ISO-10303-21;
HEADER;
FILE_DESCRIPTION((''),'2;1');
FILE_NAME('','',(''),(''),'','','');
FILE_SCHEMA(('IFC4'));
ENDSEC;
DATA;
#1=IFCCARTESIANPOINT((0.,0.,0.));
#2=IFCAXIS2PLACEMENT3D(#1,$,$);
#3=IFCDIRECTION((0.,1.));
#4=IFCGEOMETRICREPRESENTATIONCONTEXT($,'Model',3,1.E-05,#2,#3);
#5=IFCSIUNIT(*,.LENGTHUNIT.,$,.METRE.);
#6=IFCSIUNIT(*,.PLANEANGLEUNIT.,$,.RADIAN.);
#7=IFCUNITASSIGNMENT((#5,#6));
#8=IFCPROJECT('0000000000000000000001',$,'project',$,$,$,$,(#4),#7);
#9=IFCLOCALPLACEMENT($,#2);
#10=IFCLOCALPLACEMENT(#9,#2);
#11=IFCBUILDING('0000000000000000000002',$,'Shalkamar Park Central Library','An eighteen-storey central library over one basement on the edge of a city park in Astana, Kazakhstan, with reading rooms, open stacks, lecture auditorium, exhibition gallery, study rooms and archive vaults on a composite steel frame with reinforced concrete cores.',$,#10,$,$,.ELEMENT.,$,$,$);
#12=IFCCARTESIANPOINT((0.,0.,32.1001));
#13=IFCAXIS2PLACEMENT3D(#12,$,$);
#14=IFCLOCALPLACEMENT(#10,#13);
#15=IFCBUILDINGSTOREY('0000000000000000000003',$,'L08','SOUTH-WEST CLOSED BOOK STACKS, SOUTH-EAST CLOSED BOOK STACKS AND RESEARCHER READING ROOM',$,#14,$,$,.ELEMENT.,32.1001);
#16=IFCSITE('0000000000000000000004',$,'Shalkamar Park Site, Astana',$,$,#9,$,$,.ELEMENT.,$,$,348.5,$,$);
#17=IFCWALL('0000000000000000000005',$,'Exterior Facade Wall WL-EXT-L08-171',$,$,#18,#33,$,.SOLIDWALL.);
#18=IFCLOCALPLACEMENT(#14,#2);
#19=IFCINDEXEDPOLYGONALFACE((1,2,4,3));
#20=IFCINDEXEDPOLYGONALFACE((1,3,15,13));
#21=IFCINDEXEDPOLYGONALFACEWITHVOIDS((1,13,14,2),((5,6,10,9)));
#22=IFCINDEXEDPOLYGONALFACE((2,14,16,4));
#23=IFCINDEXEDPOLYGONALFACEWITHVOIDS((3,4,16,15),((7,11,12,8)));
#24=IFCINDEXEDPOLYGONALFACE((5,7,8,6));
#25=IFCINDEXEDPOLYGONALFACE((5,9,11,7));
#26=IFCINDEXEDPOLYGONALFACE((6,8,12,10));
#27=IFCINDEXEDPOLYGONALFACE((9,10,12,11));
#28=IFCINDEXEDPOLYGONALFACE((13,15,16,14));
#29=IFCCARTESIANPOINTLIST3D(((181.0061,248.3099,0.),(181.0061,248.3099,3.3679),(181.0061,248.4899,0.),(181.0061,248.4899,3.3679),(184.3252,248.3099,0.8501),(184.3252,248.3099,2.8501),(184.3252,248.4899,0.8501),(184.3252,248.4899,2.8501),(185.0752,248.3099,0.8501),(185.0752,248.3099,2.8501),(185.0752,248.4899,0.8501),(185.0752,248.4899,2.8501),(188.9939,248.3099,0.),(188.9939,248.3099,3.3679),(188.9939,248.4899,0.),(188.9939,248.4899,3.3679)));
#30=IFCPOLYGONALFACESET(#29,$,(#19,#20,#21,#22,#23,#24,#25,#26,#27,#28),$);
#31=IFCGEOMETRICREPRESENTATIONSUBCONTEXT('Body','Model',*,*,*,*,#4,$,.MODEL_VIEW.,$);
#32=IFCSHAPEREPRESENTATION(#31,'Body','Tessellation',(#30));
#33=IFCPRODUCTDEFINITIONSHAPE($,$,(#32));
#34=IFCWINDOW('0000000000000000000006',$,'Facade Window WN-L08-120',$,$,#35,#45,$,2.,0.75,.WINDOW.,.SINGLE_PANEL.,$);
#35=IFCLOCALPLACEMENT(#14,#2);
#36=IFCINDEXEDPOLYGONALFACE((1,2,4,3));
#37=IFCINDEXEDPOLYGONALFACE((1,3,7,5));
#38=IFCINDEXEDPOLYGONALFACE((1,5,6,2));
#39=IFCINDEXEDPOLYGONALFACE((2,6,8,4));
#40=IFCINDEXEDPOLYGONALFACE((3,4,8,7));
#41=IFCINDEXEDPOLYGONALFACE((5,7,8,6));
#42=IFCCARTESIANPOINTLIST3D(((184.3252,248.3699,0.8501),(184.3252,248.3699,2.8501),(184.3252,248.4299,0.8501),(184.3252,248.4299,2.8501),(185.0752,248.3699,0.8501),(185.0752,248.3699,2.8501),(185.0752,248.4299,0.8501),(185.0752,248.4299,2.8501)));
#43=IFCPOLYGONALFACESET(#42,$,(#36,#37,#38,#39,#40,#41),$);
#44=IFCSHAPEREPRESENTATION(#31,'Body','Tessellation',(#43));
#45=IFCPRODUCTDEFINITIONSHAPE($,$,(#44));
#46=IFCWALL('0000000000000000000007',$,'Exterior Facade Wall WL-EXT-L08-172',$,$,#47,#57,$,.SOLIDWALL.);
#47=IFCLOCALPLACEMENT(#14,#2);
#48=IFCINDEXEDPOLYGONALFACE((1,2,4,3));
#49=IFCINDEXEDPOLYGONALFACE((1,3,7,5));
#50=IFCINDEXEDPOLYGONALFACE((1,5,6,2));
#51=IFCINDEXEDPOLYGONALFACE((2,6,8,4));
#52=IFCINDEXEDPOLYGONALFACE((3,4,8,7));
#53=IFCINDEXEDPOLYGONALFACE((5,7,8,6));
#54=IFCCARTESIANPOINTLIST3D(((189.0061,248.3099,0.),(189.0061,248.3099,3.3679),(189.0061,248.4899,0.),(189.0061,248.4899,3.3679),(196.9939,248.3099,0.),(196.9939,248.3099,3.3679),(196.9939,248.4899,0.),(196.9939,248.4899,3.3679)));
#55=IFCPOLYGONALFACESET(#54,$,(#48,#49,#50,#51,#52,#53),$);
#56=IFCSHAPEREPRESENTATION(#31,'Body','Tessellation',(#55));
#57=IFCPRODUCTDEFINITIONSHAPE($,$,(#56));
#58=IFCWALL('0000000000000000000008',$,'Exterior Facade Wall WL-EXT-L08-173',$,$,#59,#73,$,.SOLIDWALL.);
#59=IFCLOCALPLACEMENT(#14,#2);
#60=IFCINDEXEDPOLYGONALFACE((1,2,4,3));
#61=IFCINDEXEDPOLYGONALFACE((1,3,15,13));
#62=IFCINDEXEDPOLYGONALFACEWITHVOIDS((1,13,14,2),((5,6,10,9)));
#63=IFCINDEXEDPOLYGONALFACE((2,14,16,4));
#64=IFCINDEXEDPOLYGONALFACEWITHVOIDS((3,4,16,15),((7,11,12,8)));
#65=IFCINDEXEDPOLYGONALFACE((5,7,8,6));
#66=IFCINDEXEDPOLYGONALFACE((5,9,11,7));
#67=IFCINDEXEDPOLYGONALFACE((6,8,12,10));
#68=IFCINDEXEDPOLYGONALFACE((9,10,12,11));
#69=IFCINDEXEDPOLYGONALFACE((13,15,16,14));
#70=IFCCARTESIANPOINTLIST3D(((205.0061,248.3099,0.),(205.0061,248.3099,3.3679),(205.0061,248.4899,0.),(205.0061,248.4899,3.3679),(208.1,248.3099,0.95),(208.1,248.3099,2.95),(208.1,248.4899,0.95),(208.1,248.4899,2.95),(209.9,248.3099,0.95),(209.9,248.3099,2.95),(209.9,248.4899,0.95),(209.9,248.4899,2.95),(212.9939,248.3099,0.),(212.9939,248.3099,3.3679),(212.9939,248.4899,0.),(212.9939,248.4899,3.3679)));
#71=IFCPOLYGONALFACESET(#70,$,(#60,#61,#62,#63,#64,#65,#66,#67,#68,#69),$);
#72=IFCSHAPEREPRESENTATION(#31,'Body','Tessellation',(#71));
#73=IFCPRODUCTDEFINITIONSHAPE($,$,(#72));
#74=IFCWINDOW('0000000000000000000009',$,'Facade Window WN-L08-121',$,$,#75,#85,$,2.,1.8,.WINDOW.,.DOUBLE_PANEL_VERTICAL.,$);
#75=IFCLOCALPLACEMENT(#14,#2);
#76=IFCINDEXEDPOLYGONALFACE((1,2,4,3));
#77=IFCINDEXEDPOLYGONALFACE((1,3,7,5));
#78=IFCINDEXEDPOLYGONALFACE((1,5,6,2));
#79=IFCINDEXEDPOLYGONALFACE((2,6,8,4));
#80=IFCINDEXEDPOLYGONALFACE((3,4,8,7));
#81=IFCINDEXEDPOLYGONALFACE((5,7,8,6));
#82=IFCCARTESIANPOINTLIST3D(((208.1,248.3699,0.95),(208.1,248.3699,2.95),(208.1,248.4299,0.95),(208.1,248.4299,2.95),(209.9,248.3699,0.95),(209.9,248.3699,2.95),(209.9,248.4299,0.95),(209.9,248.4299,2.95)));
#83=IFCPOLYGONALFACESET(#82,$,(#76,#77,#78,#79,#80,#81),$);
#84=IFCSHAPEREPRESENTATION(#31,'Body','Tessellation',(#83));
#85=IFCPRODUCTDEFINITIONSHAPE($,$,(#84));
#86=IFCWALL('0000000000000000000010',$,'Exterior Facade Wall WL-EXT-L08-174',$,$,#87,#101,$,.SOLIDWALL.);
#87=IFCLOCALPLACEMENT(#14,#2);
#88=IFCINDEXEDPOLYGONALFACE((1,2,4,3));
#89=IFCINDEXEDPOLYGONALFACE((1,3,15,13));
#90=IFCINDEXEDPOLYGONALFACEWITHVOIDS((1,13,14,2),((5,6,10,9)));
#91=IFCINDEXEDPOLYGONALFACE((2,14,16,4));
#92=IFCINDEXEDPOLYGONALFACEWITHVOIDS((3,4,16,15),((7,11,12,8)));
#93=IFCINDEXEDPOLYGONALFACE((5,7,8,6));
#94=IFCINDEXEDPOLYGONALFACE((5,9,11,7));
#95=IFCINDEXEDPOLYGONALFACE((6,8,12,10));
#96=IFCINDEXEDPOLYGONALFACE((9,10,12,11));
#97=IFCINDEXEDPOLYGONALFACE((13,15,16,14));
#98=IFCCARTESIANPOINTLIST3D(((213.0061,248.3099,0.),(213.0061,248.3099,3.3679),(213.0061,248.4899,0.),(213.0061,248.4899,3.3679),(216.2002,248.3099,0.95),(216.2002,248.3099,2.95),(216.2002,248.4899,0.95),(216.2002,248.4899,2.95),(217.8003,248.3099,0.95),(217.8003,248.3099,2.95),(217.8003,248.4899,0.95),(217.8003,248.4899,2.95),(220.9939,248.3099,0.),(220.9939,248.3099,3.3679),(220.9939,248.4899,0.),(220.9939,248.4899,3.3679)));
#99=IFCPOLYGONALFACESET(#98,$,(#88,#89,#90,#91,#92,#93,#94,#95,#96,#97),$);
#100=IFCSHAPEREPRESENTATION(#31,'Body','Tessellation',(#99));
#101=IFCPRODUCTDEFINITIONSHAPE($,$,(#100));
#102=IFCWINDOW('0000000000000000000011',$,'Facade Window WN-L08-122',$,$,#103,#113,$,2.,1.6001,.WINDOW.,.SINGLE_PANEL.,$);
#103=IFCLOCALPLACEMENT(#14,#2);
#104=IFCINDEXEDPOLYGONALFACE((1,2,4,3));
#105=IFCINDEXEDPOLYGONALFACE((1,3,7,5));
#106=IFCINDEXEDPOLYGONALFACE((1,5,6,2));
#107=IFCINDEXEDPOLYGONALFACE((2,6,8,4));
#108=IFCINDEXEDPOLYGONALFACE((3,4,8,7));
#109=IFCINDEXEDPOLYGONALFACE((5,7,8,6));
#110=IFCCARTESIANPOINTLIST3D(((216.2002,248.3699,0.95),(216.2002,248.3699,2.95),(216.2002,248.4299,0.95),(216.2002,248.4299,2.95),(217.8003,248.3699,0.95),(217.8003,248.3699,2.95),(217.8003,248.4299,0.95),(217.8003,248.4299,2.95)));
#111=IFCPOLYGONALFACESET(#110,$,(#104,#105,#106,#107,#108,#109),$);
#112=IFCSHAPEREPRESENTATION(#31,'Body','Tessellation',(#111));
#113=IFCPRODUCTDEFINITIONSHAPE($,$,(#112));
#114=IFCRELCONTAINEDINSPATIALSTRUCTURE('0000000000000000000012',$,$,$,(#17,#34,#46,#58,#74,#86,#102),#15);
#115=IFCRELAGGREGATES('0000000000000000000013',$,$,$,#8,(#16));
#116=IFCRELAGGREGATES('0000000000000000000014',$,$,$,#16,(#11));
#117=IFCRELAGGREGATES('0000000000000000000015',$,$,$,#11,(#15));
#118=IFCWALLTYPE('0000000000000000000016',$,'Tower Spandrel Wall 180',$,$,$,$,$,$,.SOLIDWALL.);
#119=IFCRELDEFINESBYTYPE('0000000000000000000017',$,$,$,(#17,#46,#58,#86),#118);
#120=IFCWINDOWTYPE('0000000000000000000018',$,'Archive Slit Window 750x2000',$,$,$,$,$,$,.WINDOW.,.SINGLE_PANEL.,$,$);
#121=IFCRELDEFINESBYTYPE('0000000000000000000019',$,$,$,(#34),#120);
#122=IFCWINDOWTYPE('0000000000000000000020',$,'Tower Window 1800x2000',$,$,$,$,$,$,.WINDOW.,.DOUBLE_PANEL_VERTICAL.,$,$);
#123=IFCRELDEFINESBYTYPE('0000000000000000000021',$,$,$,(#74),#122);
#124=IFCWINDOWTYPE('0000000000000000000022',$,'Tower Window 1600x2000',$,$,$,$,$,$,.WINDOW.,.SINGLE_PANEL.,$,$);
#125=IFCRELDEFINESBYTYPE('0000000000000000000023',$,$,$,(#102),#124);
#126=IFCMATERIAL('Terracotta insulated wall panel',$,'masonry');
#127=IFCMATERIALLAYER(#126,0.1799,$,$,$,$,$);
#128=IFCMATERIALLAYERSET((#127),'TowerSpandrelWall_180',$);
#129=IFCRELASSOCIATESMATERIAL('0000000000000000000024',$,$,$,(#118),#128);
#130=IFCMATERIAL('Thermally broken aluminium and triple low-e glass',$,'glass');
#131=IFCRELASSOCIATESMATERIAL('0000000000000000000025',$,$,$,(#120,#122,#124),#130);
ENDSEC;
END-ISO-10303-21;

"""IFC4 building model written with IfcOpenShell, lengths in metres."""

from ifc_helpers import new_model, si_unit, direction, frame, frame_2d, origin, place, context, subcontext, project, spatial, rectangle, extrude, material, layer, layer_set, type_object, element, fill, save


model = new_model("IFC4")

# Units and contexts
model_context = context("Model", 3, precision=1e-05, world=origin(), true_north=direction((0.0, 1.0)))
body_context = subcontext(model_context, "Body", "Model", "MODEL_VIEW")
ifc_project = project(units=[si_unit("LENGTHUNIT", "METRE"), si_unit("PLANEANGLEUNIT", "RADIAN")], contexts=[model_context])

# Site, building, storey
site_placement = place(None, origin())
site = spatial("IfcSite", under=ifc_project, at=site_placement, Name="Shalkamar Park Site, Astana", CompositionType="ELEMENT", RefElevation=348.5)
building_placement = place(site_placement, origin())
building = spatial("IfcBuilding", under=site, at=building_placement, Name="Shalkamar Park Central Library", Description="An eighteen-storey central library over one basement on the edge of a city park in Astana, Kazakhstan, with reading rooms, open stacks, lecture auditorium, exhibition gallery, study rooms and archive vaults on a composite steel frame with reinforced concrete cores.", CompositionType="ELEMENT")
storey_placement = place(building_placement, frame((0.0, 0.0, 32.1001)))
storey = spatial("IfcBuildingStorey", under=building, at=storey_placement, Name="L08", Description="SOUTH-WEST CLOSED BOOK STACKS, SOUTH-EAST CLOSED BOOK STACKS AND RESEARCHER READING ROOM", CompositionType="ELEMENT", Elevation=32.1001)

# Wall, opening, window
ifc_material_1 = material(Name="Terracotta insulated wall panel", Category="masonry")
ifc_layer_1 = layer(ifc_material_1, 0.1799)
ifc_layer_set_1 = layer_set([ifc_layer_1], Name="TowerSpandrelWall_180")
wall_type_1 = type_object("IfcWallType", Name="Tower Spandrel Wall 180", PredefinedType="SOLIDWALL", material=ifc_layer_set_1)
wall_1_placement = place(storey_placement, frame((181.0061, 248.3999, 0.0), z_axis=(0.0, 0.0, 1.0), x_axis=(1.0, 0.0, 0.0)))
wall_1 = element("IfcWall", 1, at=wall_1_placement, inside=storey, type_object=wall_type_1, Name="Exterior Facade Wall WL-EXT-L08-171", PredefinedType="SOLIDWALL", context=body_context, shape_type="SweptSolid", body=[
    extrude(rectangle(XDim=7.9878, YDim=0.1799, at=frame_2d((3.9939, 0.0))), origin(), (0.0, 0.0, 1.0), 3.3679),
])
opening_1_placement = place(wall_1_placement, frame((3.3191, 0.0, 0.8501)))
opening_1 = element("IfcOpeningElement", 2, at=opening_1_placement, cuts=wall_1, PredefinedType="OPENING", context=body_context, shape_type="SweptSolid", body=[
    extrude(rectangle(XDim=0.75, YDim=2.0, at=frame_2d((0.375, 1.0))), frame((0.0, 0.105, 0.0), z_axis=(0.0, -1.0, 0.0), x_axis=(1.0, 0.0, 0.0)), (0.0, 0.0, 1.0), 0.2097),
])
ifc_material_2 = material(Name="Thermally broken aluminium and triple low-e glass", Category="glass")
window_type_1 = type_object("IfcWindowType", Name="Archive Slit Window 750x2000", PartitioningType="SINGLE_PANEL", PredefinedType="WINDOW", material=ifc_material_2)
window_1_placement = place(opening_1_placement, origin())
window_1 = element("IfcWindow", 3, at=window_1_placement, inside=storey, type_object=window_type_1, Name="Facade Window WN-L08-120", OverallHeight=2.0, OverallWidth=0.75, PartitioningType="SINGLE_PANEL", PredefinedType="WINDOW", context=body_context, shape_type="SweptSolid", body=[
    extrude(rectangle(XDim=0.75, YDim=2.0, at=frame_2d((0.375, 1.0))), frame((0.0, 0.03, 0.0), z_axis=(0.0, -1.0, 0.0), x_axis=(1.0, 0.0, 0.0)), (0.0, 0.0, 1.0), 0.0601),
])
fill(opening_1, window_1)

# Wall
wall_2_placement = place(storey_placement, frame((189.0061, 248.3999, 0.0), z_axis=(0.0, 0.0, 1.0), x_axis=(1.0, 0.0, 0.0)))
element("IfcWall", 4, at=wall_2_placement, inside=storey, type_object=wall_type_1, Name="Exterior Facade Wall WL-EXT-L08-172", PredefinedType="SOLIDWALL", context=body_context, shape_type="SweptSolid", body=[
    extrude(rectangle(XDim=7.9878, YDim=0.1799, at=frame_2d((3.9939, 0.0))), origin(), (0.0, 0.0, 1.0), 3.3679),
])

# Walls, openings, windows
wall_3_placement = place(storey_placement, frame((205.0061, 248.3999, 0.0), z_axis=(0.0, 0.0, 1.0), x_axis=(1.0, 0.0, 0.0)))
wall_3 = element("IfcWall", 5, at=wall_3_placement, inside=storey, type_object=wall_type_1, Name="Exterior Facade Wall WL-EXT-L08-173", PredefinedType="SOLIDWALL", context=body_context, shape_type="SweptSolid", body=[
    extrude(rectangle(XDim=7.9878, YDim=0.1799, at=frame_2d((3.9939, 0.0))), origin(), (0.0, 0.0, 1.0), 3.3679),
])
opening_2_placement = place(wall_3_placement, frame((3.094, 0.0, 0.95)))
opening_2 = element("IfcOpeningElement", 6, at=opening_2_placement, cuts=wall_3, PredefinedType="OPENING", context=body_context, shape_type="SweptSolid", body=[
    extrude(rectangle(XDim=1.8, YDim=2.0, at=frame_2d((0.8999, 1.0))), frame((0.0, 0.105, 0.0), z_axis=(0.0, -1.0, 0.0), x_axis=(1.0, 0.0, 0.0)), (0.0, 0.0, 1.0), 0.2097),
])
window_type_2 = type_object("IfcWindowType", Name="Tower Window 1800x2000", PartitioningType="DOUBLE_PANEL_VERTICAL", PredefinedType="WINDOW", material=ifc_material_2)
window_2_placement = place(opening_2_placement, origin())
window_2 = element("IfcWindow", 7, at=window_2_placement, inside=storey, type_object=window_type_2, Name="Facade Window WN-L08-121", OverallHeight=2.0, OverallWidth=1.8, PartitioningType="DOUBLE_PANEL_VERTICAL", PredefinedType="WINDOW", context=body_context, shape_type="SweptSolid", body=[
    extrude(rectangle(XDim=1.8, YDim=2.0, at=frame_2d((0.8999, 1.0))), frame((0.0, 0.03, 0.0), z_axis=(0.0, -1.0, 0.0), x_axis=(1.0, 0.0, 0.0)), (0.0, 0.0, 1.0), 0.0601),
])
fill(opening_2, window_2)
wall_4_placement = place(storey_placement, frame((213.0061, 248.3999, 0.0), z_axis=(0.0, 0.0, 1.0), x_axis=(1.0, 0.0, 0.0)))
wall_4 = element("IfcWall", 8, at=wall_4_placement, inside=storey, type_object=wall_type_1, Name="Exterior Facade Wall WL-EXT-L08-174", PredefinedType="SOLIDWALL", context=body_context, shape_type="SweptSolid", body=[
    extrude(rectangle(XDim=7.9878, YDim=0.1799, at=frame_2d((3.9939, 0.0))), origin(), (0.0, 0.0, 1.0), 3.3679),
])
opening_3_placement = place(wall_4_placement, frame((3.1941, 0.0, 0.95)))
opening_3 = element("IfcOpeningElement", 9, at=opening_3_placement, cuts=wall_4, PredefinedType="OPENING", context=body_context, shape_type="SweptSolid", body=[
    extrude(rectangle(XDim=1.6001, YDim=2.0, at=frame_2d((0.8, 1.0))), frame((0.0, 0.105, 0.0), z_axis=(0.0, -1.0, 0.0), x_axis=(1.0, 0.0, 0.0)), (0.0, 0.0, 1.0), 0.2097),
])
window_type_3 = type_object("IfcWindowType", Name="Tower Window 1600x2000", PartitioningType="SINGLE_PANEL", PredefinedType="WINDOW", material=ifc_material_2)
window_3_placement = place(opening_3_placement, origin())
window_3 = element("IfcWindow", 10, at=window_3_placement, inside=storey, type_object=window_type_3, Name="Facade Window WN-L08-122", OverallHeight=2.0, OverallWidth=1.6001, PartitioningType="SINGLE_PANEL", PredefinedType="WINDOW", context=body_context, shape_type="SweptSolid", body=[
    extrude(rectangle(XDim=1.6001, YDim=2.0, at=frame_2d((0.8, 1.0))), frame((0.0, 0.03, 0.0), z_axis=(0.0, -1.0, 0.0), x_axis=(1.0, 0.0, 0.0)), (0.0, 0.0, 1.0), 0.0601),
])
fill(opening_3, window_3)

save(model, "model.ifc")
